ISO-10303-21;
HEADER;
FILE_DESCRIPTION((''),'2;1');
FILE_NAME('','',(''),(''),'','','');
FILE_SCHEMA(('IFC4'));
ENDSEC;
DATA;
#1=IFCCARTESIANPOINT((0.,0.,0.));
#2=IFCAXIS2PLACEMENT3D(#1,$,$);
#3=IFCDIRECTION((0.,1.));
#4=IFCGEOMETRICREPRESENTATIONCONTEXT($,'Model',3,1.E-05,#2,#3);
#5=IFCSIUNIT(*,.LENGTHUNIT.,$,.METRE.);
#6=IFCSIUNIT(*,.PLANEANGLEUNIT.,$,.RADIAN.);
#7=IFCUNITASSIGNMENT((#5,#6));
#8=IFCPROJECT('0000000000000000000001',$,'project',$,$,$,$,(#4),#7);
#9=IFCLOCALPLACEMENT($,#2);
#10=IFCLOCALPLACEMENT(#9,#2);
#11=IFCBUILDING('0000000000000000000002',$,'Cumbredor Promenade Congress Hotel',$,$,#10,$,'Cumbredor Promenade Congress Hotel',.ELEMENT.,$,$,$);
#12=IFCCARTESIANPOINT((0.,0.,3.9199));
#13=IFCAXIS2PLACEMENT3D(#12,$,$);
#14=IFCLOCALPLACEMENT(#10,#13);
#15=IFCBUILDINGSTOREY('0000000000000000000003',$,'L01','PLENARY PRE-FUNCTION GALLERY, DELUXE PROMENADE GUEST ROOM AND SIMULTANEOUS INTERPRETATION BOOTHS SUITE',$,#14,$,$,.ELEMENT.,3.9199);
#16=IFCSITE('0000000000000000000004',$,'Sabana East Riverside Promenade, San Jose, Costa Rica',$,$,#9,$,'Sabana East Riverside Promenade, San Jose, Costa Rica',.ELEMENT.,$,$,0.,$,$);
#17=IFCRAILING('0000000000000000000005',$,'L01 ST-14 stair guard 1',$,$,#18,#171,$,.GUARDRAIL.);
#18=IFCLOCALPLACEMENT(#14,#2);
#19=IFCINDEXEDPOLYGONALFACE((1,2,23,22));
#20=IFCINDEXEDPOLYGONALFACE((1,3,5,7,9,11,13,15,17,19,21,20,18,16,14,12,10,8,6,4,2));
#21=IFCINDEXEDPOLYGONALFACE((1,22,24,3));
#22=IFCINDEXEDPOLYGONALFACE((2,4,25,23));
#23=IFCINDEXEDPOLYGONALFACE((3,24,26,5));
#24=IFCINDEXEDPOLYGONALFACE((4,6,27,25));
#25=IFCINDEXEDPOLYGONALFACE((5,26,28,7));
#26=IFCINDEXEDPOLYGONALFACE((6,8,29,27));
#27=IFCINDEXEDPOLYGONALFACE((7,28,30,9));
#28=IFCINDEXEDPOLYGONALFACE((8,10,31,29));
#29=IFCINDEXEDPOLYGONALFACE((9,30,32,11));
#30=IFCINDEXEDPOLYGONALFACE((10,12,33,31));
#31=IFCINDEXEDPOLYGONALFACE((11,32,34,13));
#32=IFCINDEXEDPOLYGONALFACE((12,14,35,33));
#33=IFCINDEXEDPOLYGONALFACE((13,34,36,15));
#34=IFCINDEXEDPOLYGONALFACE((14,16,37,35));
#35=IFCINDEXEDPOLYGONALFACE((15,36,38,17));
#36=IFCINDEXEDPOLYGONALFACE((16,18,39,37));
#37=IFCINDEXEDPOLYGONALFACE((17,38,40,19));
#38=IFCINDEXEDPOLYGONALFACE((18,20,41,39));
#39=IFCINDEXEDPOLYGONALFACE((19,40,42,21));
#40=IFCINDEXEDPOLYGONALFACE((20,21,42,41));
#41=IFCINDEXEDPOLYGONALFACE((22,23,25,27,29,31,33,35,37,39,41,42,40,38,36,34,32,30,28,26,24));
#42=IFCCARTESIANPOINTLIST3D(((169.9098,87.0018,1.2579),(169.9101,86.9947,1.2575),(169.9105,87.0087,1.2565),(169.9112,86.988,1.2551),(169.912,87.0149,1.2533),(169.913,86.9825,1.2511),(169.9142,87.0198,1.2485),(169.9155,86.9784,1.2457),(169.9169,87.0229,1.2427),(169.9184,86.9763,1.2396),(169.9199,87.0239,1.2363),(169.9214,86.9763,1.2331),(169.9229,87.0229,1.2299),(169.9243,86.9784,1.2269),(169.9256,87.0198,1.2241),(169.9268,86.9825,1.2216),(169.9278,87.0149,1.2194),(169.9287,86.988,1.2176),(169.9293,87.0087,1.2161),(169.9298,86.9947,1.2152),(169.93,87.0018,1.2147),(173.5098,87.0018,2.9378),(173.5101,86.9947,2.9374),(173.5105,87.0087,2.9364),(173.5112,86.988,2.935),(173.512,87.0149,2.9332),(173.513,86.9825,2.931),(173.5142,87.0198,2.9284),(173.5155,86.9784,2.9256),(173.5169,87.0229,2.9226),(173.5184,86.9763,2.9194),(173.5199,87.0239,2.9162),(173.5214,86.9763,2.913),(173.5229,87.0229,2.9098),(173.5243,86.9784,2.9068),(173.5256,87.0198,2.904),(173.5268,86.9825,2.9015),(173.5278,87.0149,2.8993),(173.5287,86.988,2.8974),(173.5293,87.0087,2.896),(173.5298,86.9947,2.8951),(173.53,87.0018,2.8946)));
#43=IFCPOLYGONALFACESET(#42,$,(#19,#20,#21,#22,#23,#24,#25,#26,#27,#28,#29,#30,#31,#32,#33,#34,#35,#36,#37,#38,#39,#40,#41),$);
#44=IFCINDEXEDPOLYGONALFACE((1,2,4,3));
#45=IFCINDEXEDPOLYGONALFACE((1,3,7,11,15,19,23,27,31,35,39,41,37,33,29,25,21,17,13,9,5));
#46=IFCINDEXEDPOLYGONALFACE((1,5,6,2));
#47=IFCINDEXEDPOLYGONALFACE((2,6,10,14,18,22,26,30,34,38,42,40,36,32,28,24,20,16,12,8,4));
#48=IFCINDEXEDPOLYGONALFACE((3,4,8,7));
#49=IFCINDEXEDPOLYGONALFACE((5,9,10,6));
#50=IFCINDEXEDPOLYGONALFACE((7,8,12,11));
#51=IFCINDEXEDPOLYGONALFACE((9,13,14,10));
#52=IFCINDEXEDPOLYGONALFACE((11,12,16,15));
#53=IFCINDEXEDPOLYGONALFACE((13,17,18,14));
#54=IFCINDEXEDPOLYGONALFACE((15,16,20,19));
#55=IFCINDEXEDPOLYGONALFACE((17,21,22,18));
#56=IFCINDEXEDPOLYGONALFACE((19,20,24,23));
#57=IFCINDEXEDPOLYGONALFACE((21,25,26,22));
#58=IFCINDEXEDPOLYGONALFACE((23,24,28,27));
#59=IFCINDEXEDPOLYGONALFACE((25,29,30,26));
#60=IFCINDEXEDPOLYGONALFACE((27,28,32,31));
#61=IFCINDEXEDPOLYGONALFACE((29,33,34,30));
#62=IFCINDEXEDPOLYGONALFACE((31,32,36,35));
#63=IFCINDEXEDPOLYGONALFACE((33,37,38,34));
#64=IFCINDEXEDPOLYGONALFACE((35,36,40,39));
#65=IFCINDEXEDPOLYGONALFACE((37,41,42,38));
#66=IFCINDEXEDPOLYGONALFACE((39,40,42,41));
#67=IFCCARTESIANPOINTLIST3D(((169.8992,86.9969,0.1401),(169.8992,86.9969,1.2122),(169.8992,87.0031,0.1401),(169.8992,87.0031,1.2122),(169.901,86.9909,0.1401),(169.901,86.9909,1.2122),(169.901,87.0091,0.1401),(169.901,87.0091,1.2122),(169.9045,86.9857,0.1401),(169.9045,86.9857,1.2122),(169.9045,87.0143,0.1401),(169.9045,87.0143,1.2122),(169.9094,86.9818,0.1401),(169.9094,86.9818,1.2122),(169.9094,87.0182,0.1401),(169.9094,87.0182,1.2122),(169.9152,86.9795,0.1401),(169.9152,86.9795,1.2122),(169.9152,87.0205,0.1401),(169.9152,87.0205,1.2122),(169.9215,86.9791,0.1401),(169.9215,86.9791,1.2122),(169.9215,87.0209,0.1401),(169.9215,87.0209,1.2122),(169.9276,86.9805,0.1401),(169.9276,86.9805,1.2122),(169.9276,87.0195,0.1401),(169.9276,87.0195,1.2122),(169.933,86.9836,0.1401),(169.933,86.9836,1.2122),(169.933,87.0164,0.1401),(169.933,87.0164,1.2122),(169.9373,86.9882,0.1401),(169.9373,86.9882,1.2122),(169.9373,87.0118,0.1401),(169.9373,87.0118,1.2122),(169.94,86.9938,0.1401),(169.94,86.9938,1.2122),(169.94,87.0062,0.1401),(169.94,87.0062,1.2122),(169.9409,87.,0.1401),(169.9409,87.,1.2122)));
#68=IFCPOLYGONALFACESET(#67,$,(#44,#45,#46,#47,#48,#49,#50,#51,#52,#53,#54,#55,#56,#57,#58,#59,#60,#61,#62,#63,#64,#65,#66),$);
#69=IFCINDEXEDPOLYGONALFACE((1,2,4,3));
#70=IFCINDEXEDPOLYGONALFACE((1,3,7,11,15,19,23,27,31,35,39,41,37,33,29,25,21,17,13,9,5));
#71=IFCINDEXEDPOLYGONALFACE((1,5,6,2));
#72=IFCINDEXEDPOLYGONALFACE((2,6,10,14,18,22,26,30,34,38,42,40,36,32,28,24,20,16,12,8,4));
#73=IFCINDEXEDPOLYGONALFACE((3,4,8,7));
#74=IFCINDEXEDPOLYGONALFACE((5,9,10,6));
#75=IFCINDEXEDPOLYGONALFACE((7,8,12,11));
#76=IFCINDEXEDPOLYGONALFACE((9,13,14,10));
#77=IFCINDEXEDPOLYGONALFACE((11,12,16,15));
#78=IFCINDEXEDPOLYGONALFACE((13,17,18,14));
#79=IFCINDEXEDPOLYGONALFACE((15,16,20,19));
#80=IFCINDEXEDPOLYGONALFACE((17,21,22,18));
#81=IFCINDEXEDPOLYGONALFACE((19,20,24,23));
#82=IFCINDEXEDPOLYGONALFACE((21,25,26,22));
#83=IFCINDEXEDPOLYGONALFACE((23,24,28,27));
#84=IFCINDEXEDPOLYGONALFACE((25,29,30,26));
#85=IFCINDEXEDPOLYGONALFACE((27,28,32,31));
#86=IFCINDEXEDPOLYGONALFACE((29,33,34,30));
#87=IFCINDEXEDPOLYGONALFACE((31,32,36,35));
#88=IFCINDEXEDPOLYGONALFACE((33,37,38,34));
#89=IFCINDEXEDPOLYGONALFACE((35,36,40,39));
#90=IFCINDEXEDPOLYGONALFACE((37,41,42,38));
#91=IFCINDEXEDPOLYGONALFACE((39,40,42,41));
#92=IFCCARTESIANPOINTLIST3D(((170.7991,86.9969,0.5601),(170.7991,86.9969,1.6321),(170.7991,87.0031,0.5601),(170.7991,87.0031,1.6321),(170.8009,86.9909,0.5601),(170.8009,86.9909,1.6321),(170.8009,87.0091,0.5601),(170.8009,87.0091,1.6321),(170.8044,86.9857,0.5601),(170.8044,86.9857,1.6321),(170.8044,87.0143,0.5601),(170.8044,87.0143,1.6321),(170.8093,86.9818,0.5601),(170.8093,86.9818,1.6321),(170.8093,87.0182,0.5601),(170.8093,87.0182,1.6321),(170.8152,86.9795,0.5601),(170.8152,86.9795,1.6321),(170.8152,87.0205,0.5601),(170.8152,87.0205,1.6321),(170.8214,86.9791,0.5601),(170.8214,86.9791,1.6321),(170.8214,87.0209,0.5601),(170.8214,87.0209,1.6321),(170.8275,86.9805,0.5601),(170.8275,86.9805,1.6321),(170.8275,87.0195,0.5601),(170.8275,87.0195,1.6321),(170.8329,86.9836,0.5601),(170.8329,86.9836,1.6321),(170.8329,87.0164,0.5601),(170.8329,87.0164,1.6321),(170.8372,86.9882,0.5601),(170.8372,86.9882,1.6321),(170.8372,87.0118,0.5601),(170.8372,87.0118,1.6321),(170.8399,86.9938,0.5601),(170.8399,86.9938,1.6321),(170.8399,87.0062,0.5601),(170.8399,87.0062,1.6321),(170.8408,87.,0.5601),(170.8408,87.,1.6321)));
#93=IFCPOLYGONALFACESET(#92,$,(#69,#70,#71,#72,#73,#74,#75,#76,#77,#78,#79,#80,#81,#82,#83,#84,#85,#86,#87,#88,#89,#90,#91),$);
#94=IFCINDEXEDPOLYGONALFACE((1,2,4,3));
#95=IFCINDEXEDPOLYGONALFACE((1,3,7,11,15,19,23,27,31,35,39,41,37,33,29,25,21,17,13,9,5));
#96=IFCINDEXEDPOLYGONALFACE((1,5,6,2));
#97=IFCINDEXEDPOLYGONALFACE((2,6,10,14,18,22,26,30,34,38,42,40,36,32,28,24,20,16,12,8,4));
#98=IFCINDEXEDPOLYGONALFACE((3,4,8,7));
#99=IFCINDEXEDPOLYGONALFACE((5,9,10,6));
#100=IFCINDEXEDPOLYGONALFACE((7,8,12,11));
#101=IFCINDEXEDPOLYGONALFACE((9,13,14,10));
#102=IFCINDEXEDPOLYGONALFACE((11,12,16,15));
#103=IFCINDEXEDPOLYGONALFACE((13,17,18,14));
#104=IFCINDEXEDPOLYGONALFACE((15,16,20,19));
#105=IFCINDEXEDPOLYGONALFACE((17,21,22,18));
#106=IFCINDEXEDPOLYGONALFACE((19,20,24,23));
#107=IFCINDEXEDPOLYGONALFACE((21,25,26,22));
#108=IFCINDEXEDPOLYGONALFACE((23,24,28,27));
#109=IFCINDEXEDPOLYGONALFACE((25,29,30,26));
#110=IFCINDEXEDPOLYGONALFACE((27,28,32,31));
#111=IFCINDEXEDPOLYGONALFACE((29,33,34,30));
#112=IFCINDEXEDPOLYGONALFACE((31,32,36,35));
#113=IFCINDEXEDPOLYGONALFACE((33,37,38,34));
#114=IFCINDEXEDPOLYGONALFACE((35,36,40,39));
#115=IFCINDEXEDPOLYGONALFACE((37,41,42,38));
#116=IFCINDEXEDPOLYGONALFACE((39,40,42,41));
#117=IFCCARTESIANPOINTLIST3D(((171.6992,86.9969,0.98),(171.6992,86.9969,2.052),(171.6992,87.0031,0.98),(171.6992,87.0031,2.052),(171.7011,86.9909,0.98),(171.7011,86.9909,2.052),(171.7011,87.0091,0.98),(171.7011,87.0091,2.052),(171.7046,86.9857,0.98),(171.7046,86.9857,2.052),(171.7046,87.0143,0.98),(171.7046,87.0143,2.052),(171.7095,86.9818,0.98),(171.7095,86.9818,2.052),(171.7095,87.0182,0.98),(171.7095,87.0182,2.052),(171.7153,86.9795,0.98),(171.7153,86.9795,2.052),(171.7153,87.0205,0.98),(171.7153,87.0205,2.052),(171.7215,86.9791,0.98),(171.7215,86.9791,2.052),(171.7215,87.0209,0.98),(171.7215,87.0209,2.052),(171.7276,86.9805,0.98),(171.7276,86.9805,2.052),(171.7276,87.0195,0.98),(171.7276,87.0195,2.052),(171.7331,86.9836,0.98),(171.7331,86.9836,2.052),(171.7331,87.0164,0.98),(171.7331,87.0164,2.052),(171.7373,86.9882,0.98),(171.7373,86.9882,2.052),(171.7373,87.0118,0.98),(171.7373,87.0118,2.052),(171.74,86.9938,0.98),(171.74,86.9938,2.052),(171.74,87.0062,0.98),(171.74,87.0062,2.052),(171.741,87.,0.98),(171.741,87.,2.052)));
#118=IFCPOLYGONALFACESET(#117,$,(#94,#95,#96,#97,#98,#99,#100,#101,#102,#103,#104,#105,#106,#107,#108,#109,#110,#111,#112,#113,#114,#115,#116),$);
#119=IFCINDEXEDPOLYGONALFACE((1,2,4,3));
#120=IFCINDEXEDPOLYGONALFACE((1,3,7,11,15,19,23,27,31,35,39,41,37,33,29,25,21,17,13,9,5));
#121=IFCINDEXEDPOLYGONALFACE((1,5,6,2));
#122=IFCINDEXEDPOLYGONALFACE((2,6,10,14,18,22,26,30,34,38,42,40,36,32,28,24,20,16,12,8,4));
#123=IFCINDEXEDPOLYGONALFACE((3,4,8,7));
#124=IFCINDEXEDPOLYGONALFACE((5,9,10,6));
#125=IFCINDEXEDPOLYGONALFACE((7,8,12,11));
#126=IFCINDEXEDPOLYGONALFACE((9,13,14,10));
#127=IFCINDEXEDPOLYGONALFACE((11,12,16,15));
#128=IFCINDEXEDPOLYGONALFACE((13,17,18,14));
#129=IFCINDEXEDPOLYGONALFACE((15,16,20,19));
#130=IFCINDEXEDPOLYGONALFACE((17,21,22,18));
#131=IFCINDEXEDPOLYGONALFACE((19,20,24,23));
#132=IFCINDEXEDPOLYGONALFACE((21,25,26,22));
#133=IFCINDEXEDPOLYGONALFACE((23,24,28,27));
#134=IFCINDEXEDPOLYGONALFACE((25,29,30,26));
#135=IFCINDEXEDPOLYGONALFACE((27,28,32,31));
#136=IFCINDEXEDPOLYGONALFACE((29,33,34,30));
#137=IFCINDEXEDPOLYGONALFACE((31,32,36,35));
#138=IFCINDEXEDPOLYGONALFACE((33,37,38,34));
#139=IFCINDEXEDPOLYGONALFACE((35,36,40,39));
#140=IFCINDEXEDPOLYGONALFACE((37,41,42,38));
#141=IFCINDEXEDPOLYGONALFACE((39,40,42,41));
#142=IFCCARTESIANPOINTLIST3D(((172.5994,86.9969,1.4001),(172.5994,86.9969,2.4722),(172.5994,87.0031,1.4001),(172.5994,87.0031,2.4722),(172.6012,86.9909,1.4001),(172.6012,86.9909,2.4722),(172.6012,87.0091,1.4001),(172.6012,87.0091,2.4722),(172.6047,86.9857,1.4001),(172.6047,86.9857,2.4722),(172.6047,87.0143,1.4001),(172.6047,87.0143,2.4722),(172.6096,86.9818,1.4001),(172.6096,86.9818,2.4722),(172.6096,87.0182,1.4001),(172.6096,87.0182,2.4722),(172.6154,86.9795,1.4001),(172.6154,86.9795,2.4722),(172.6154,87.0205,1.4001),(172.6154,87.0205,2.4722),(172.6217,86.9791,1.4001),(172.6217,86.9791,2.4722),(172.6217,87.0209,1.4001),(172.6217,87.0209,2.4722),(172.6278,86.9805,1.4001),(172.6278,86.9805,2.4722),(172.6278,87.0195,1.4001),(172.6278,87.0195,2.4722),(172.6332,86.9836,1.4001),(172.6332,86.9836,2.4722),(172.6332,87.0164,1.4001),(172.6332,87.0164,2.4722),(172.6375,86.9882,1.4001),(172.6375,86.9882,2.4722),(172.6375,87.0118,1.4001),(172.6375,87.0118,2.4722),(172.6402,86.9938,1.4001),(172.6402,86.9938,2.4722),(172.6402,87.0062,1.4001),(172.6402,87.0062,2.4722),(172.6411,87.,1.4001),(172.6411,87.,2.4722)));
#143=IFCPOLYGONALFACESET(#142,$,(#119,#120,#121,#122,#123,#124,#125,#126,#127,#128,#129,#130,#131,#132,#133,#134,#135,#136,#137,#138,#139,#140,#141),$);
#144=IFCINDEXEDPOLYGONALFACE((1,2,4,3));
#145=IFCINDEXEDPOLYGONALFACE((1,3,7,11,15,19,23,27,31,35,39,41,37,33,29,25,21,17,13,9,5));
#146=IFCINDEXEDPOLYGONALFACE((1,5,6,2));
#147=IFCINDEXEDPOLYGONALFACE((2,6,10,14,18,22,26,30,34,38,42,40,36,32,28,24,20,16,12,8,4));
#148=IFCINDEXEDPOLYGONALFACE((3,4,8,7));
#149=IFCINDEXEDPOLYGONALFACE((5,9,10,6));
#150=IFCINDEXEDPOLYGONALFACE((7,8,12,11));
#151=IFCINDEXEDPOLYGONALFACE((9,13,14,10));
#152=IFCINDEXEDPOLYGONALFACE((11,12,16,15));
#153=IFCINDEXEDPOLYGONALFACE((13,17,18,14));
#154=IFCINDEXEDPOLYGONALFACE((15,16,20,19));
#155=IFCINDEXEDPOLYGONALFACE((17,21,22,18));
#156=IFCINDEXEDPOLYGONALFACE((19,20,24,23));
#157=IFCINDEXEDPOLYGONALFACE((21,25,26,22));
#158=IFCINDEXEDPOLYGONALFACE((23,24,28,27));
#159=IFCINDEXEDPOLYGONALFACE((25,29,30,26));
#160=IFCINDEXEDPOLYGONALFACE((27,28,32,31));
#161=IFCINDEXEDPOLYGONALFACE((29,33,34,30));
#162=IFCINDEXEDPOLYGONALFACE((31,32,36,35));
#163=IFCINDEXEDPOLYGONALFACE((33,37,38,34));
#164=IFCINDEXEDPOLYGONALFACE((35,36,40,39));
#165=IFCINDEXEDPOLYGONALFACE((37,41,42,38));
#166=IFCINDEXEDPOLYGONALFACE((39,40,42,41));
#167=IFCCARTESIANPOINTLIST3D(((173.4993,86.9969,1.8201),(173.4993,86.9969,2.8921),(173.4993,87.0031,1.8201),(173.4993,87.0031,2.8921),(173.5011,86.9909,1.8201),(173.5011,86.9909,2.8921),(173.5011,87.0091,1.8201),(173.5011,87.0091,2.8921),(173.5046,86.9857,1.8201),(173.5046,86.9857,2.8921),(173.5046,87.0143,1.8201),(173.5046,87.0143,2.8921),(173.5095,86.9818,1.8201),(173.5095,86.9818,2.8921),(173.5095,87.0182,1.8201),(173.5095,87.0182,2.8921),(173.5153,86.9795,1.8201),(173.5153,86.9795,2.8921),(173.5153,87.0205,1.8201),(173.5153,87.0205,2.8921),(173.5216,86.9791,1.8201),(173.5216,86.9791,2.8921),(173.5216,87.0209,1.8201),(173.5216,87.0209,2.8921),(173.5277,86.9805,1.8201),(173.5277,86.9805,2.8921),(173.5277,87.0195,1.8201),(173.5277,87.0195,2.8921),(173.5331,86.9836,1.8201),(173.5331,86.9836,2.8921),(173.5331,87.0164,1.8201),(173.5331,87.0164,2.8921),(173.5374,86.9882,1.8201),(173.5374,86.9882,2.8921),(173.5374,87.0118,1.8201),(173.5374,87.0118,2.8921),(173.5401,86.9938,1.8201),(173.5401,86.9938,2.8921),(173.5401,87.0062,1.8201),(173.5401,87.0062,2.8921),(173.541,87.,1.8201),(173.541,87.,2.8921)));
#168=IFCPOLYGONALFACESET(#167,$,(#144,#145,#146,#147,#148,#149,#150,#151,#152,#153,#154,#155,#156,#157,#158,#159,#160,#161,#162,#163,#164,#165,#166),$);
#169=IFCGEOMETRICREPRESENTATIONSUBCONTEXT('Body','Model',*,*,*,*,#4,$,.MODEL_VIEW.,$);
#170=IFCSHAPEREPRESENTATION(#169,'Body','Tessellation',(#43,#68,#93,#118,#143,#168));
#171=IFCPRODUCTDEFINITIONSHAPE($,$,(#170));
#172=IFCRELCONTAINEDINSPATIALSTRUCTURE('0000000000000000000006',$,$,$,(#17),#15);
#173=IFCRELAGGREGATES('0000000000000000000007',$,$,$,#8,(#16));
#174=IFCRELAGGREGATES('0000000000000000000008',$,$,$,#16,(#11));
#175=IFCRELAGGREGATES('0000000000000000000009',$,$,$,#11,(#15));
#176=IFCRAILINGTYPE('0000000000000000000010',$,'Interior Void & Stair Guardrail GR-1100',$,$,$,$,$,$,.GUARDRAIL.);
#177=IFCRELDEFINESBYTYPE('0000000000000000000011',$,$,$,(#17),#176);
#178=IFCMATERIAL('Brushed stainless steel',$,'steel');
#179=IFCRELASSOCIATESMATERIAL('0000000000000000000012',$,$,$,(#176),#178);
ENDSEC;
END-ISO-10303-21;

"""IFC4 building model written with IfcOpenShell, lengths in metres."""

from ifc_helpers import new_model, si_unit, direction, frame, origin, origin_2d, place, context, subcontext, project, spatial, circle, extrude, material, type_object, element, save


model = new_model("IFC4")

# Units and contexts
model_context = context("Model", 3, precision=1e-05, world=origin(), true_north=direction((0.0, 1.0)))
body_context = subcontext(model_context, "Body", "Model", "MODEL_VIEW")
ifc_project = project(units=[si_unit("LENGTHUNIT", "METRE"), si_unit("PLANEANGLEUNIT", "RADIAN")], contexts=[model_context])

# Site, building, storey
site_placement = place(None, origin())
site = spatial("IfcSite", under=ifc_project, at=site_placement, Name="Sabana East Riverside Promenade, San Jose, Costa Rica", LongName="Sabana East Riverside Promenade, San Jose, Costa Rica", CompositionType="ELEMENT", RefElevation=0.0)
building_placement = place(site_placement, origin())
building = spatial("IfcBuilding", under=site, at=building_placement, Name="Cumbredor Promenade Congress Hotel", LongName="Cumbredor Promenade Congress Hotel", CompositionType="ELEMENT")
storey_placement = place(building_placement, frame((0.0, 0.0, 3.9199)))
storey = spatial("IfcBuildingStorey", under=building, at=storey_placement, Name="L01", Description="PLENARY PRE-FUNCTION GALLERY, DELUXE PROMENADE GUEST ROOM AND SIMULTANEOUS INTERPRETATION BOOTHS SUITE", CompositionType="ELEMENT", Elevation=3.9199)

# Railing
ifc_material_1 = material(Name="Brushed stainless steel", Category="steel")
railing_type_1 = type_object("IfcRailingType", Name="Interior Void & Stair Guardrail GR-1100", PredefinedType="GUARDRAIL", material=ifc_material_1)
railing_1_placement = place(storey_placement, frame((169.9199, 87.0, 0.1401)))
element("IfcRailing", 1, at=railing_1_placement, inside=storey, type_object=railing_type_1, Name="L01 ST-14 stair guard 1", PredefinedType="GUARDRAIL", context=body_context, shape_type="SweptSolid", body=[
    extrude(circle(Radius=0.0239, at=origin_2d()), frame((0.0, 0.0, 1.0962), z_axis=(0.906194, 0.0, 0.422862), x_axis=(0.0, 1.0, 0.0)), (0.0, 0.0, 1.0), 3.9727),
    extrude(circle(Radius=0.021, at=origin_2d()), origin(), (0.0, 0.0, 1.0), 1.072),
    extrude(circle(Radius=0.021, at=origin_2d()), frame((0.8999, 0.0, 0.4199)), (0.0, 0.0, 1.0), 1.072),
    extrude(circle(Radius=0.021, at=origin_2d()), frame((1.8, 0.0, 0.8398)), (0.0, 0.0, 1.0), 1.072),
    extrude(circle(Radius=0.021, at=origin_2d()), frame((2.7002, 0.0, 1.26)), (0.0, 0.0, 1.0), 1.072),
    extrude(circle(Radius=0.021, at=origin_2d()), frame((3.6001, 0.0, 1.6799)), (0.0, 0.0, 1.0), 1.072),
])

save(model, "model.ifc")
